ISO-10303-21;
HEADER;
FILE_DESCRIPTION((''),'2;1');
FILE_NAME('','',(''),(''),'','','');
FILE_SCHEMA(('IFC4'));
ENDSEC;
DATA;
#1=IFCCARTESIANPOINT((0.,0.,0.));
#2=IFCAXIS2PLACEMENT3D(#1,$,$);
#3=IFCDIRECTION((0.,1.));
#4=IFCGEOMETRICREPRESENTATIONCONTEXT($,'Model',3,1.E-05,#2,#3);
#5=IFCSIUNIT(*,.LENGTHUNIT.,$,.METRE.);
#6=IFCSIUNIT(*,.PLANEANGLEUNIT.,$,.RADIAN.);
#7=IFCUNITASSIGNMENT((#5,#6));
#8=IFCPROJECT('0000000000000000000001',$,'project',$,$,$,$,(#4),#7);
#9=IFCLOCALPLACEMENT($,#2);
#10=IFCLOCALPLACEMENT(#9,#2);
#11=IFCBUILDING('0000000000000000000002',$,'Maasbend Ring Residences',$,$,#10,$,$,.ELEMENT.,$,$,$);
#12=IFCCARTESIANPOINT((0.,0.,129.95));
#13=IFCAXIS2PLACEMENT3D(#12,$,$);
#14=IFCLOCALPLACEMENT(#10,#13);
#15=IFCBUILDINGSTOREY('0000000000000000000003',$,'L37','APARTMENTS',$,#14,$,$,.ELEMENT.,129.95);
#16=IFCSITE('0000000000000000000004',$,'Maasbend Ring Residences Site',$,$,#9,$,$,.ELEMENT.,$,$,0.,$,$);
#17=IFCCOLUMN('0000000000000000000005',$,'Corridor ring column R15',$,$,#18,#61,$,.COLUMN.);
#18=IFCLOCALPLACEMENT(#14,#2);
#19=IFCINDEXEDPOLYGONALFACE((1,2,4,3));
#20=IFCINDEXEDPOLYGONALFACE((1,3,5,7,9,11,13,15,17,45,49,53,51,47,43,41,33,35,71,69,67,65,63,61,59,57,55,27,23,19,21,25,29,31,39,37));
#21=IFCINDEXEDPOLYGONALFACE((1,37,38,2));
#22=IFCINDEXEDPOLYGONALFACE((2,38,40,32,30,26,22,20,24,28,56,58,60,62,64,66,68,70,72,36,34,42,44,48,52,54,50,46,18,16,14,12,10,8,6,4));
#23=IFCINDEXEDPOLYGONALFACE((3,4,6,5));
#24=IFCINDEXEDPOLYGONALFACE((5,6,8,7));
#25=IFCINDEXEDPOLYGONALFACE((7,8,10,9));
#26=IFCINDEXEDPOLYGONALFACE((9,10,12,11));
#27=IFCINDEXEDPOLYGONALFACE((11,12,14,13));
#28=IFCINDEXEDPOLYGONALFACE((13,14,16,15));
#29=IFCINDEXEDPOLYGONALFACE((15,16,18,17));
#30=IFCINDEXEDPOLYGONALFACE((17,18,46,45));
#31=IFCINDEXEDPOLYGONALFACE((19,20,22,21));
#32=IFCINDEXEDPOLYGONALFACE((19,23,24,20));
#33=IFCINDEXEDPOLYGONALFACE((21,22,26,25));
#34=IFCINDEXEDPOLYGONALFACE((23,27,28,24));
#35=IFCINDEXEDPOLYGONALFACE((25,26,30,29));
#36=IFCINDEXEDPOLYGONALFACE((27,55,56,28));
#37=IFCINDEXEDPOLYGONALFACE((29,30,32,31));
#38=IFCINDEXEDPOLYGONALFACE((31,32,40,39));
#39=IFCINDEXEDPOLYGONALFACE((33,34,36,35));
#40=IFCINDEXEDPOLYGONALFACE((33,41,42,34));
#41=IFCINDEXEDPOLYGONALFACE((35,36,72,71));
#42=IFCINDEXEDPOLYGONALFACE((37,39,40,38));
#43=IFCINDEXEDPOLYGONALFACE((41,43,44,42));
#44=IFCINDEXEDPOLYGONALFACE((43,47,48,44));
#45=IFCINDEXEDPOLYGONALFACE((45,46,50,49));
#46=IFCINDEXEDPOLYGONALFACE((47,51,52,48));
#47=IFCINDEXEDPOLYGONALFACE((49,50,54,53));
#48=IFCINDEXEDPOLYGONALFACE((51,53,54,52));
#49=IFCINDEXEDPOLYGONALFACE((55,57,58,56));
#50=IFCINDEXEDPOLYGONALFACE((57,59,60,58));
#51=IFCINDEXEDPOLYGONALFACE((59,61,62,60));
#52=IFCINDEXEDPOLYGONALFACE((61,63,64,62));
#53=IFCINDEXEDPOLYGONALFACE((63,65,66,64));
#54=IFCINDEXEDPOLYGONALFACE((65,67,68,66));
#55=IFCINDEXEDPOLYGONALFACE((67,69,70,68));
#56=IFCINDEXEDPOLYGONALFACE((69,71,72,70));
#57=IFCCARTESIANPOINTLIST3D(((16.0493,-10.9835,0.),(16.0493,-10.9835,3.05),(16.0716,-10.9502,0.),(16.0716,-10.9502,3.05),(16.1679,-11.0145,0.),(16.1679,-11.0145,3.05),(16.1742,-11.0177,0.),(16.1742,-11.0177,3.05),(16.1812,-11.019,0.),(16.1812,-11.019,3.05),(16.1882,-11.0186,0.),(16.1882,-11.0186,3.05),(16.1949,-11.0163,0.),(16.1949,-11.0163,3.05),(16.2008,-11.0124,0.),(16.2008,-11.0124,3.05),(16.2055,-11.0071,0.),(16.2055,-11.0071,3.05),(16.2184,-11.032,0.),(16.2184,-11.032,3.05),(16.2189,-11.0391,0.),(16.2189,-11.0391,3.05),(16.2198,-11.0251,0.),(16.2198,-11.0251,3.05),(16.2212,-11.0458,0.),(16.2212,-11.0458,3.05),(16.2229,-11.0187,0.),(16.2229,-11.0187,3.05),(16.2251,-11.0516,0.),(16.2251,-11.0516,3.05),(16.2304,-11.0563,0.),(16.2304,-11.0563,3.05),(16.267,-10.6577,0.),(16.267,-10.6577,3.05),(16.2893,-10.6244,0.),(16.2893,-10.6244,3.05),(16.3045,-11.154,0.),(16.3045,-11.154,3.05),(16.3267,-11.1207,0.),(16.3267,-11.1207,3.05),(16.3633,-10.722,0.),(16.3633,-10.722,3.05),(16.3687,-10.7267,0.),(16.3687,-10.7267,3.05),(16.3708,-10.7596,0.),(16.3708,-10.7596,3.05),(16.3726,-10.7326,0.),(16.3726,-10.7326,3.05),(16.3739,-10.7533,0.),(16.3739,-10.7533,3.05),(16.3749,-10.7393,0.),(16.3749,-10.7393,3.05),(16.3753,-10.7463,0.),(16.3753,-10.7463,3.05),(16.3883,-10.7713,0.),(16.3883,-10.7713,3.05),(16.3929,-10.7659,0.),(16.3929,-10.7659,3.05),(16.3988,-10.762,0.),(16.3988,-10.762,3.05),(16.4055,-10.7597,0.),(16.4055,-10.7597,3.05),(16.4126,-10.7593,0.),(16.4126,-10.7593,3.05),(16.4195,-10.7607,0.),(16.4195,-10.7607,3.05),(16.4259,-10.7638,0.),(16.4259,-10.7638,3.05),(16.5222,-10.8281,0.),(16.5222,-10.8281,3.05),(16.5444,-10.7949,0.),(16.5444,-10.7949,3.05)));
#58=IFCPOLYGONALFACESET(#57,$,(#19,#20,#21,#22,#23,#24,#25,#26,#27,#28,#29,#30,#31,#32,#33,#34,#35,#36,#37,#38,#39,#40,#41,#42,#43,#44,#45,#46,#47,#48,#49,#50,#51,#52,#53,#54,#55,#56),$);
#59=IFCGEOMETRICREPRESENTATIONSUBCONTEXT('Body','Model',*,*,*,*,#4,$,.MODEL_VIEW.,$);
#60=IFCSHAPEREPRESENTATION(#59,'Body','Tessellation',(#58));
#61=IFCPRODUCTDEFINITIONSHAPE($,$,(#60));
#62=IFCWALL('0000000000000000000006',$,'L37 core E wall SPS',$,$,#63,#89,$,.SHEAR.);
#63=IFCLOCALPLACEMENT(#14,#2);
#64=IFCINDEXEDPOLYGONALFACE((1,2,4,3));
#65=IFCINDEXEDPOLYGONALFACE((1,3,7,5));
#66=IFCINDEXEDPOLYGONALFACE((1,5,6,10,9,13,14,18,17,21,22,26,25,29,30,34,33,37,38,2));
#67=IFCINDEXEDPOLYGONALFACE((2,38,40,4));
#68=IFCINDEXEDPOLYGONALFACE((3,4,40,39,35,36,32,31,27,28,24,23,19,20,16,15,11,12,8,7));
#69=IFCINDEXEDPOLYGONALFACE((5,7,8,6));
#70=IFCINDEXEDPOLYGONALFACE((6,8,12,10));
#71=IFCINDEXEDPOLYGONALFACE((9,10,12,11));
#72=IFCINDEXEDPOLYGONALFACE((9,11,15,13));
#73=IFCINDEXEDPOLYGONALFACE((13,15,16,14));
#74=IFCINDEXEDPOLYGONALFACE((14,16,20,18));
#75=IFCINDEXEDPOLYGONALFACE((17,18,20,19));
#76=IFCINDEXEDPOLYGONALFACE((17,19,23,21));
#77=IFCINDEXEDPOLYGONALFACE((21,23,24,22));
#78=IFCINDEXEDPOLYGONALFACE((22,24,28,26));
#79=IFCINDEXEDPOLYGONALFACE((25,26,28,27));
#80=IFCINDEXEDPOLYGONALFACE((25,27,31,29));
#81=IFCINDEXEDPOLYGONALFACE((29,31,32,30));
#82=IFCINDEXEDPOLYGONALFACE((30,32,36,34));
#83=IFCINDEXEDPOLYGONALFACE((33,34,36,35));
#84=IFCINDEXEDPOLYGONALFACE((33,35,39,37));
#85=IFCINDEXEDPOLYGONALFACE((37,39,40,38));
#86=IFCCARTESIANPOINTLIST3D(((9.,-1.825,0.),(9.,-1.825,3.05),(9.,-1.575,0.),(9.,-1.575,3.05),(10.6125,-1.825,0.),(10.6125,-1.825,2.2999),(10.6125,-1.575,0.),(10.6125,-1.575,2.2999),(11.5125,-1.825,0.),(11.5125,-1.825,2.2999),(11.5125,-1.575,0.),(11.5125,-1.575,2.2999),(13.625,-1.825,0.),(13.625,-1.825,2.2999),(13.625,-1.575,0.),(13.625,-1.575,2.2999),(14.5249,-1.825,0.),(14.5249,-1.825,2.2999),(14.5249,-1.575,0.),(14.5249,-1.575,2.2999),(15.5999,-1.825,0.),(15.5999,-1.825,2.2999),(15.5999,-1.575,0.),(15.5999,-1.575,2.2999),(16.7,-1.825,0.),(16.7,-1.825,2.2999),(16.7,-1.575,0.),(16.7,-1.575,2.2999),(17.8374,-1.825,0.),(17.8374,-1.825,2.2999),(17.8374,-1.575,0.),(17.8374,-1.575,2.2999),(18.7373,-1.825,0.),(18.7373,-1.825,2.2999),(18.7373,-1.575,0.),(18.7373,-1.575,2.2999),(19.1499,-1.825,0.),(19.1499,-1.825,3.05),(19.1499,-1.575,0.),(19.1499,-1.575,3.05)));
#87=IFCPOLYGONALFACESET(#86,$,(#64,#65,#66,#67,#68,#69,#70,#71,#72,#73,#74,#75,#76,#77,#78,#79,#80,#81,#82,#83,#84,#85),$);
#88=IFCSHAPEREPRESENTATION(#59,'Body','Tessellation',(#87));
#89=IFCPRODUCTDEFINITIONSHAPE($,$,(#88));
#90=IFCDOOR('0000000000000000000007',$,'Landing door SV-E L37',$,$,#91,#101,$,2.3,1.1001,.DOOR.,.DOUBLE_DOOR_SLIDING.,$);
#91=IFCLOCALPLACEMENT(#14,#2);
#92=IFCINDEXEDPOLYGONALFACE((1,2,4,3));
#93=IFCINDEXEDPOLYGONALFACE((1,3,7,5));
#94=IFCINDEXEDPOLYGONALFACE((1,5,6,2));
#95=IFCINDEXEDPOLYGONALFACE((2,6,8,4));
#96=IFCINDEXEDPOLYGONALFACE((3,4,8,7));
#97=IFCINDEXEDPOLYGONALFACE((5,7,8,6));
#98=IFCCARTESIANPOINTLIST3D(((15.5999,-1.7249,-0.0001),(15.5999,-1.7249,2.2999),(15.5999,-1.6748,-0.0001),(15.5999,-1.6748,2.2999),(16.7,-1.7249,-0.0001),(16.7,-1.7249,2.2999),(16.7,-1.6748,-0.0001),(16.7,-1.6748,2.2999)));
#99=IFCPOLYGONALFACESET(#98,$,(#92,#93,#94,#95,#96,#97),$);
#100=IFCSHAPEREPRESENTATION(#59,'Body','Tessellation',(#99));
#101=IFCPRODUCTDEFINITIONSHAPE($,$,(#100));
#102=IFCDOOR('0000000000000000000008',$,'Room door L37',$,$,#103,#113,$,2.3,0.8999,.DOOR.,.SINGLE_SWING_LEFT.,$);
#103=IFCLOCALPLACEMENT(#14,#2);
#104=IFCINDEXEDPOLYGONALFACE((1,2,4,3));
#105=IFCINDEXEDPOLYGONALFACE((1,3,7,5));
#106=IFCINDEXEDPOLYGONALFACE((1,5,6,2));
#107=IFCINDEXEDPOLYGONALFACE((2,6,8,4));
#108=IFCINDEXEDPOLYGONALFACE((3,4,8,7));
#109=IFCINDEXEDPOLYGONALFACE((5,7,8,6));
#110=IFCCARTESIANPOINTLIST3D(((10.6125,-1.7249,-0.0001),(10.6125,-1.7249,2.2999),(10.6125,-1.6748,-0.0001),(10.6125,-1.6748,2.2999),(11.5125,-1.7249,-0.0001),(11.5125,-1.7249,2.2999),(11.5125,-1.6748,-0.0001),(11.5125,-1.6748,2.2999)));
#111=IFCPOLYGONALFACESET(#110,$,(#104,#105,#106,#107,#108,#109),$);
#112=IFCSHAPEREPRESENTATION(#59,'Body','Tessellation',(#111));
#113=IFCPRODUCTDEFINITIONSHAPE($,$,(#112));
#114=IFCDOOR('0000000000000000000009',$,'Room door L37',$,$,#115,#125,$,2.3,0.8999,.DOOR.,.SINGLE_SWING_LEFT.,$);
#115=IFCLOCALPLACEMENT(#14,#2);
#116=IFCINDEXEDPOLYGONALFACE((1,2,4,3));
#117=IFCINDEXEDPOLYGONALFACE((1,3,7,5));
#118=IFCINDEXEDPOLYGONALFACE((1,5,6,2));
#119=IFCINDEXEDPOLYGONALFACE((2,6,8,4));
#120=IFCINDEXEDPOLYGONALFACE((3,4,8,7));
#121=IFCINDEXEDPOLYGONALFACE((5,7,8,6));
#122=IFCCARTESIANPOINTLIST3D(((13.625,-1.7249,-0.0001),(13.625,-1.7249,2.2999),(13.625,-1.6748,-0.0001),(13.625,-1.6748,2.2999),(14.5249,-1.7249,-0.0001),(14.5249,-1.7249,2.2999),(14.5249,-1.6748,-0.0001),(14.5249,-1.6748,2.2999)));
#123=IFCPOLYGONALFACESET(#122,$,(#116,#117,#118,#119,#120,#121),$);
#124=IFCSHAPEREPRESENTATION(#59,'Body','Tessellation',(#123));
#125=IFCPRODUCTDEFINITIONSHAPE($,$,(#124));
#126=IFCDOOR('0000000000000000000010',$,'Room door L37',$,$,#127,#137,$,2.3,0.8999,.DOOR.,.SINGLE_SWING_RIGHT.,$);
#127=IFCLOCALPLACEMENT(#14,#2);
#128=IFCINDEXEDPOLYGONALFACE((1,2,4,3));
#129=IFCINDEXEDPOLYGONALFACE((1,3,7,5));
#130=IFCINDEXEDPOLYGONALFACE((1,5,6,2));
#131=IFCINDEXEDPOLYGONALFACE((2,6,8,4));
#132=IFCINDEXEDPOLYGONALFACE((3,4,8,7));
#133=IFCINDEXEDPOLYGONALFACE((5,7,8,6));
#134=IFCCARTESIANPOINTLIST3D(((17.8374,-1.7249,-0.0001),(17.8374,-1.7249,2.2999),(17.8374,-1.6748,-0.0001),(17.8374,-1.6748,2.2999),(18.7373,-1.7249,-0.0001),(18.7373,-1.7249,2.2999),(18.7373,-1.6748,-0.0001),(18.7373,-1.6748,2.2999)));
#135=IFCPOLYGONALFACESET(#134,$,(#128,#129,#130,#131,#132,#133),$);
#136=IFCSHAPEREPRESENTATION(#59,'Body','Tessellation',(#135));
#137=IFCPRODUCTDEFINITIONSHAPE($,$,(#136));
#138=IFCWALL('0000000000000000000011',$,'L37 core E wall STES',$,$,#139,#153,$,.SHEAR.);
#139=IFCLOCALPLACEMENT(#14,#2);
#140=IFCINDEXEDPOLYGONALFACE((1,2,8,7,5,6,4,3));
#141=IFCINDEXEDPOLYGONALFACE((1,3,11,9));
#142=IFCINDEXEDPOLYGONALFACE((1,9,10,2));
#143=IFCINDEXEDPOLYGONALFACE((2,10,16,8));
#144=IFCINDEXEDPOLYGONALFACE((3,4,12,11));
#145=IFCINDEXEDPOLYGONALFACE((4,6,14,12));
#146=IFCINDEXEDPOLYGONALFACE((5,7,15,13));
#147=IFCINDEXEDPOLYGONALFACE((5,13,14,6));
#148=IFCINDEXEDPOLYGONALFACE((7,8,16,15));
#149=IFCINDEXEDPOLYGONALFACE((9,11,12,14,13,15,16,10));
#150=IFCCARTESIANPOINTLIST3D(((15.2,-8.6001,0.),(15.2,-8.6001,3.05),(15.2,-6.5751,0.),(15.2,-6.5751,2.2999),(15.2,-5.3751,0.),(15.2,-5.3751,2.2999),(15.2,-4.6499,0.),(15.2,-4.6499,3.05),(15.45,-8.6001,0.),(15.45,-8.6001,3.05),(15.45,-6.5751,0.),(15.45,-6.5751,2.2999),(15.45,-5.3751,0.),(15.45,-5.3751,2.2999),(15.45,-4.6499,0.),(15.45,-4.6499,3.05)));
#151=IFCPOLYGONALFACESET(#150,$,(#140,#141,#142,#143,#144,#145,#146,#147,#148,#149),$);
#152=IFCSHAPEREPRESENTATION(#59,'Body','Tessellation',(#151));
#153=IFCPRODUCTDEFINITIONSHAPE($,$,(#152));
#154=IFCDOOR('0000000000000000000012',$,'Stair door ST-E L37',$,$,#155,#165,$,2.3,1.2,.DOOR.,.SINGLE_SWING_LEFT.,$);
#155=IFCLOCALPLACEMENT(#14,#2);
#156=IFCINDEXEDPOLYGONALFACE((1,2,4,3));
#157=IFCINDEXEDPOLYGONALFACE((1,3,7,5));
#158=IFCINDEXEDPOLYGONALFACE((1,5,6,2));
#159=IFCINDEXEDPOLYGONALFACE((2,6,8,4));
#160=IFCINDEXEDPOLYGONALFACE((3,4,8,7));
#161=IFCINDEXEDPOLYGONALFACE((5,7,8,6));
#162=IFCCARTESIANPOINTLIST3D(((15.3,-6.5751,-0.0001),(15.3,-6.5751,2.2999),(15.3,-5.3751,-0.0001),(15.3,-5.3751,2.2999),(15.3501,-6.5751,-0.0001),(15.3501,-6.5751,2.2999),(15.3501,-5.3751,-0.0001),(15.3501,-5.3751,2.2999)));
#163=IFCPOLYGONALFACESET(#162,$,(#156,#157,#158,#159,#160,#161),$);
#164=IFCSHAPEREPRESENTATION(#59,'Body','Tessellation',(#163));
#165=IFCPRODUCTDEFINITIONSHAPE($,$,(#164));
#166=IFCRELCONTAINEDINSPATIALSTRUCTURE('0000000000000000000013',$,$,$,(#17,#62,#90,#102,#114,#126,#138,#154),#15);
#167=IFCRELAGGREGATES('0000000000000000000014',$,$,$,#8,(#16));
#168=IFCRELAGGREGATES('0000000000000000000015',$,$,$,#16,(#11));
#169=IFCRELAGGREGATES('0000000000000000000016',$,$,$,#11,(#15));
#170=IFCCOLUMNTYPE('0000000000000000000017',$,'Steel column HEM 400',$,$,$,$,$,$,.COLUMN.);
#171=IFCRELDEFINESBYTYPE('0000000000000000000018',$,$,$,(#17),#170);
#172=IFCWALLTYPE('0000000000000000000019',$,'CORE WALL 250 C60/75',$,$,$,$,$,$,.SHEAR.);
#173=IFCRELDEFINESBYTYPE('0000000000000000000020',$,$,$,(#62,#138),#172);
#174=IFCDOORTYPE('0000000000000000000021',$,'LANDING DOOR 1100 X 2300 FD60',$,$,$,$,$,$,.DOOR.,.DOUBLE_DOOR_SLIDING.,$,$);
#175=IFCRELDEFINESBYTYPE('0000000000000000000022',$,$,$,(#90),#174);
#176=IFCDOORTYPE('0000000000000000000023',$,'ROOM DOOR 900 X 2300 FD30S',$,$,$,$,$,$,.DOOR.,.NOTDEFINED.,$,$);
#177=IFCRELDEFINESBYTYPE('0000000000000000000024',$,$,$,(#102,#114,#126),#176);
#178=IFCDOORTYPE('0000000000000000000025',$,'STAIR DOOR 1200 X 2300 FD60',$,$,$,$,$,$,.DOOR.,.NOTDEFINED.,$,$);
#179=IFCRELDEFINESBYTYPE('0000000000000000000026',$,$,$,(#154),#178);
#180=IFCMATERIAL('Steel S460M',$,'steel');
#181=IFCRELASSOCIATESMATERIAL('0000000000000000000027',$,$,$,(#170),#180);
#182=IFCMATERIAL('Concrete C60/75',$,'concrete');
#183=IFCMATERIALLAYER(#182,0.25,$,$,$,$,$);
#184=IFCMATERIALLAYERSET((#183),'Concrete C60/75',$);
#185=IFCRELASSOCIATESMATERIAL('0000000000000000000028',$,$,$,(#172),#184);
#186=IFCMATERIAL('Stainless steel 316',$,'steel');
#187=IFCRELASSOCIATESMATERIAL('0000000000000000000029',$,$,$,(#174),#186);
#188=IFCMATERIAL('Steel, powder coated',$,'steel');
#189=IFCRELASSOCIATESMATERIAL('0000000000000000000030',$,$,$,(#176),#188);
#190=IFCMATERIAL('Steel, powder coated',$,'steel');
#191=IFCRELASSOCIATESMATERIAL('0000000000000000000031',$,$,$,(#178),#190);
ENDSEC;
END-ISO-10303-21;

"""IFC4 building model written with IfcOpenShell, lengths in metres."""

from ifc_helpers import new_model, si_unit, direction, frame, frame_2d, origin, origin_2d, place, context, subcontext, project, spatial, rectangle, i_section, extrude, material, layer, layer_set, material_profile, profile_set, type_object, element, fill, save


model = new_model("IFC4")

# Units and contexts
model_context = context("Model", 3, precision=1e-05, world=origin(), true_north=direction((0.0, 1.0)))
body_context = subcontext(model_context, "Body", "Model", "MODEL_VIEW")
ifc_project = project(units=[si_unit("LENGTHUNIT", "METRE"), si_unit("PLANEANGLEUNIT", "RADIAN")], contexts=[model_context])

# Site, building, storey
site_placement = place(None, origin())
site = spatial("IfcSite", under=ifc_project, at=site_placement, Name="Maasbend Ring Residences Site", CompositionType="ELEMENT", RefElevation=0.0)
building_placement = place(site_placement, origin())
building = spatial("IfcBuilding", under=site, at=building_placement, Name="Maasbend Ring Residences", CompositionType="ELEMENT")
storey_placement = place(building_placement, frame((0.0, 0.0, 129.95)))
storey = spatial("IfcBuildingStorey", under=building, at=storey_placement, Name="L37", Description="APARTMENTS", CompositionType="ELEMENT", Elevation=129.95)

# Column
ifc_material_1 = material(Name="Steel S460M", Category="steel")
ifc_material_profile = material_profile(ifc_material_1, i_section(OverallWidth=0.3069, OverallDepth=0.4319, WebThickness=0.021, FlangeThickness=0.04, FilletRadius=0.0271, at=origin_2d()), Name="HEM 400")
ifc_profile_set = profile_set([ifc_material_profile], Name="Steel S460M")
column_type = type_object("IfcColumnType", Name="Steel column HEM 400", PredefinedType="COLUMN", material=ifc_profile_set)
column_placement = place(storey_placement, frame((16.2969, -10.8892, 0.0), z_axis=(0.0, 0.0, 1.0), x_axis=(0.83147, -0.55557, 0.0)))
element("IfcColumn", 1, at=column_placement, inside=storey, type_object=column_type, Name="Corridor ring column R15", PredefinedType="COLUMN", context=body_context, shape_type="SweptSolid", body=[
    extrude(i_section(OverallWidth=0.3069, OverallDepth=0.4319, WebThickness=0.021, FlangeThickness=0.04, FilletRadius=0.0271, at=origin_2d()), origin(), (0.0, 0.0, 1.0), 3.05),
])

# Wall, openings, doors
ifc_material_2 = material(Name="Concrete C60/75", Category="concrete")
ifc_layer_1 = layer(ifc_material_2, 0.25)
ifc_layer_set_1 = layer_set([ifc_layer_1], Name="Concrete C60/75")
wall_type_1 = type_object("IfcWallType", Name="CORE WALL 250 C60/75", PredefinedType="SHEAR", material=ifc_layer_set_1)
wall_1_placement = place(storey_placement, frame((19.1499, -1.7, 0.0), z_axis=(0.0, 0.0, 1.0), x_axis=(-1.0, 0.0, 0.0)))
wall_1 = element("IfcWall", 2, at=wall_1_placement, inside=storey, type_object=wall_type_1, Name="L37 core E wall SPS", PredefinedType="SHEAR", context=body_context, shape_type="SweptSolid", body=[
    extrude(rectangle(XDim=10.1499, YDim=0.25, at=frame_2d((5.075, 0.0))), origin(), (0.0, 0.0, 1.0), 3.05),
])
opening_1_placement = place(wall_1_placement, frame((2.45, 0.0, 0.0)))
opening_1 = element("IfcOpeningElement", 3, at=opening_1_placement, cuts=wall_1, PredefinedType="OPENING", context=body_context, shape_type="SweptSolid", body=[
    extrude(rectangle(XDim=1.1001, YDim=2.3, at=frame_2d((0.55, 1.1499))), frame((0.0, 0.135, 0.0), z_axis=(0.0, -1.0, 0.0), x_axis=(1.0, 0.0, 0.0)), (0.0, 0.0, 1.0), 0.27),
])
opening_2_placement = place(wall_1_placement, frame((7.6375, 0.0, 0.0)))
opening_2 = element("IfcOpeningElement", 4, at=opening_2_placement, cuts=wall_1, PredefinedType="OPENING", context=body_context, shape_type="SweptSolid", body=[
    extrude(rectangle(XDim=0.8999, YDim=2.3, at=frame_2d((0.45, 1.1499))), frame((0.0, 0.135, 0.0), z_axis=(0.0, -1.0, 0.0), x_axis=(1.0, 0.0, 0.0)), (0.0, 0.0, 1.0), 0.27),
])
opening_3_placement = place(wall_1_placement, frame((4.625, 0.0, 0.0)))
opening_3 = element("IfcOpeningElement", 5, at=opening_3_placement, cuts=wall_1, PredefinedType="OPENING", context=body_context, shape_type="SweptSolid", body=[
    extrude(rectangle(XDim=0.8999, YDim=2.3, at=frame_2d((0.45, 1.1499))), frame((0.0, 0.135, 0.0), z_axis=(0.0, -1.0, 0.0), x_axis=(1.0, 0.0, 0.0)), (0.0, 0.0, 1.0), 0.27),
])
opening_4_placement = place(wall_1_placement, frame((0.4126, 0.0, 0.0)))
opening_4 = element("IfcOpeningElement", 6, at=opening_4_placement, cuts=wall_1, PredefinedType="OPENING", context=body_context, shape_type="SweptSolid", body=[
    extrude(rectangle(XDim=0.8999, YDim=2.3, at=frame_2d((0.45, 1.1499))), frame((0.0, 0.135, 0.0), z_axis=(0.0, -1.0, 0.0), x_axis=(1.0, 0.0, 0.0)), (0.0, 0.0, 1.0), 0.27),
])
ifc_material_3 = material(Name="Stainless steel 316", Category="steel")
door_type_1 = type_object("IfcDoorType", Name="LANDING DOOR 1100 X 2300 FD60", OperationType="DOUBLE_DOOR_SLIDING", PredefinedType="DOOR", material=ifc_material_3)
door_1_placement = place(opening_1_placement, origin())
door_1 = element("IfcDoor", 7, at=door_1_placement, inside=storey, type_object=door_type_1, Name="Landing door SV-E L37", OperationType="DOUBLE_DOOR_SLIDING", OverallHeight=2.3, OverallWidth=1.1001, PredefinedType="DOOR", context=body_context, shape_type="SweptSolid", body=[
    extrude(rectangle(XDim=1.1001, YDim=2.3, at=frame_2d((0.55, 1.1499))), frame((0.0, 0.0249, 0.0), z_axis=(0.0, -1.0, 0.0), x_axis=(1.0, 0.0, 0.0)), (0.0, 0.0, 1.0), 0.05),
])
fill(opening_1, door_1)
ifc_material_4 = material(Name="Steel, powder coated", Category="steel")
door_type_2 = type_object("IfcDoorType", Name="ROOM DOOR 900 X 2300 FD30S", OperationType="NOTDEFINED", PredefinedType="DOOR", material=ifc_material_4)
door_2_placement = place(opening_2_placement, origin())
door_2 = element("IfcDoor", 8, at=door_2_placement, inside=storey, type_object=door_type_2, Name="Room door L37", OperationType="SINGLE_SWING_LEFT", OverallHeight=2.3, OverallWidth=0.8999, PredefinedType="DOOR", context=body_context, shape_type="SweptSolid", body=[
    extrude(rectangle(XDim=0.8999, YDim=2.3, at=frame_2d((0.45, 1.1499))), frame((0.0, 0.0249, 0.0), z_axis=(0.0, -1.0, 0.0), x_axis=(1.0, 0.0, 0.0)), (0.0, 0.0, 1.0), 0.05),
])
fill(opening_2, door_2)
door_3_placement = place(opening_3_placement, origin())
door_3 = element("IfcDoor", 9, at=door_3_placement, inside=storey, type_object=door_type_2, Name="Room door L37", OperationType="SINGLE_SWING_LEFT", OverallHeight=2.3, OverallWidth=0.8999, PredefinedType="DOOR", context=body_context, shape_type="SweptSolid", body=[
    extrude(rectangle(XDim=0.8999, YDim=2.3, at=frame_2d((0.45, 1.1499))), frame((0.0, 0.0249, 0.0), z_axis=(0.0, -1.0, 0.0), x_axis=(1.0, 0.0, 0.0)), (0.0, 0.0, 1.0), 0.05),
])
fill(opening_3, door_3)
door_4_placement = place(opening_4_placement, origin())
door_4 = element("IfcDoor", 10, at=door_4_placement, inside=storey, type_object=door_type_2, Name="Room door L37", OperationType="SINGLE_SWING_RIGHT", OverallHeight=2.3, OverallWidth=0.8999, PredefinedType="DOOR", context=body_context, shape_type="SweptSolid", body=[
    extrude(rectangle(XDim=0.8999, YDim=2.3, at=frame_2d((0.45, 1.1499))), frame((0.0, 0.0249, 0.0), z_axis=(0.0, -1.0, 0.0), x_axis=(1.0, 0.0, 0.0)), (0.0, 0.0, 1.0), 0.05),
])
fill(opening_4, door_4)

# Wall, opening, door
wall_2_placement = place(storey_placement, frame((15.325, -8.6001, 0.0), z_axis=(0.0, 0.0, 1.0), x_axis=(0.0, 1.0, 0.0)))
wall_2 = element("IfcWall", 11, at=wall_2_placement, inside=storey, type_object=wall_type_1, Name="L37 core E wall STES", PredefinedType="SHEAR", context=body_context, shape_type="SweptSolid", body=[
    extrude(rectangle(XDim=3.9502, YDim=0.25, at=frame_2d((1.9751, 0.0))), origin(), (0.0, 0.0, 1.0), 3.05),
])
opening_5_placement = place(wall_2_placement, frame((2.0249, 0.0, 0.0)))
opening_5 = element("IfcOpeningElement", 12, at=opening_5_placement, cuts=wall_2, PredefinedType="OPENING", context=body_context, shape_type="SweptSolid", body=[
    extrude(rectangle(XDim=1.2, YDim=2.3, at=frame_2d((0.6001, 1.1499))), frame((0.0, 0.135, 0.0), z_axis=(0.0, -1.0, 0.0), x_axis=(1.0, 0.0, 0.0)), (0.0, 0.0, 1.0), 0.27),
])
ifc_material_5 = material(Name="Steel, powder coated", Category="steel")
door_type_3 = type_object("IfcDoorType", Name="STAIR DOOR 1200 X 2300 FD60", OperationType="NOTDEFINED", PredefinedType="DOOR", material=ifc_material_5)
door_5_placement = place(opening_5_placement, origin())
door_5 = element("IfcDoor", 13, at=door_5_placement, inside=storey, type_object=door_type_3, Name="Stair door ST-E L37", OperationType="SINGLE_SWING_LEFT", OverallHeight=2.3, OverallWidth=1.2, PredefinedType="DOOR", context=body_context, shape_type="SweptSolid", body=[
    extrude(rectangle(XDim=1.2, YDim=2.3, at=frame_2d((0.6001, 1.1499))), frame((0.0, 0.0249, 0.0), z_axis=(0.0, -1.0, 0.0), x_axis=(1.0, 0.0, 0.0)), (0.0, 0.0, 1.0), 0.05),
])
fill(opening_5, door_5)

save(model, "model.ifc")
